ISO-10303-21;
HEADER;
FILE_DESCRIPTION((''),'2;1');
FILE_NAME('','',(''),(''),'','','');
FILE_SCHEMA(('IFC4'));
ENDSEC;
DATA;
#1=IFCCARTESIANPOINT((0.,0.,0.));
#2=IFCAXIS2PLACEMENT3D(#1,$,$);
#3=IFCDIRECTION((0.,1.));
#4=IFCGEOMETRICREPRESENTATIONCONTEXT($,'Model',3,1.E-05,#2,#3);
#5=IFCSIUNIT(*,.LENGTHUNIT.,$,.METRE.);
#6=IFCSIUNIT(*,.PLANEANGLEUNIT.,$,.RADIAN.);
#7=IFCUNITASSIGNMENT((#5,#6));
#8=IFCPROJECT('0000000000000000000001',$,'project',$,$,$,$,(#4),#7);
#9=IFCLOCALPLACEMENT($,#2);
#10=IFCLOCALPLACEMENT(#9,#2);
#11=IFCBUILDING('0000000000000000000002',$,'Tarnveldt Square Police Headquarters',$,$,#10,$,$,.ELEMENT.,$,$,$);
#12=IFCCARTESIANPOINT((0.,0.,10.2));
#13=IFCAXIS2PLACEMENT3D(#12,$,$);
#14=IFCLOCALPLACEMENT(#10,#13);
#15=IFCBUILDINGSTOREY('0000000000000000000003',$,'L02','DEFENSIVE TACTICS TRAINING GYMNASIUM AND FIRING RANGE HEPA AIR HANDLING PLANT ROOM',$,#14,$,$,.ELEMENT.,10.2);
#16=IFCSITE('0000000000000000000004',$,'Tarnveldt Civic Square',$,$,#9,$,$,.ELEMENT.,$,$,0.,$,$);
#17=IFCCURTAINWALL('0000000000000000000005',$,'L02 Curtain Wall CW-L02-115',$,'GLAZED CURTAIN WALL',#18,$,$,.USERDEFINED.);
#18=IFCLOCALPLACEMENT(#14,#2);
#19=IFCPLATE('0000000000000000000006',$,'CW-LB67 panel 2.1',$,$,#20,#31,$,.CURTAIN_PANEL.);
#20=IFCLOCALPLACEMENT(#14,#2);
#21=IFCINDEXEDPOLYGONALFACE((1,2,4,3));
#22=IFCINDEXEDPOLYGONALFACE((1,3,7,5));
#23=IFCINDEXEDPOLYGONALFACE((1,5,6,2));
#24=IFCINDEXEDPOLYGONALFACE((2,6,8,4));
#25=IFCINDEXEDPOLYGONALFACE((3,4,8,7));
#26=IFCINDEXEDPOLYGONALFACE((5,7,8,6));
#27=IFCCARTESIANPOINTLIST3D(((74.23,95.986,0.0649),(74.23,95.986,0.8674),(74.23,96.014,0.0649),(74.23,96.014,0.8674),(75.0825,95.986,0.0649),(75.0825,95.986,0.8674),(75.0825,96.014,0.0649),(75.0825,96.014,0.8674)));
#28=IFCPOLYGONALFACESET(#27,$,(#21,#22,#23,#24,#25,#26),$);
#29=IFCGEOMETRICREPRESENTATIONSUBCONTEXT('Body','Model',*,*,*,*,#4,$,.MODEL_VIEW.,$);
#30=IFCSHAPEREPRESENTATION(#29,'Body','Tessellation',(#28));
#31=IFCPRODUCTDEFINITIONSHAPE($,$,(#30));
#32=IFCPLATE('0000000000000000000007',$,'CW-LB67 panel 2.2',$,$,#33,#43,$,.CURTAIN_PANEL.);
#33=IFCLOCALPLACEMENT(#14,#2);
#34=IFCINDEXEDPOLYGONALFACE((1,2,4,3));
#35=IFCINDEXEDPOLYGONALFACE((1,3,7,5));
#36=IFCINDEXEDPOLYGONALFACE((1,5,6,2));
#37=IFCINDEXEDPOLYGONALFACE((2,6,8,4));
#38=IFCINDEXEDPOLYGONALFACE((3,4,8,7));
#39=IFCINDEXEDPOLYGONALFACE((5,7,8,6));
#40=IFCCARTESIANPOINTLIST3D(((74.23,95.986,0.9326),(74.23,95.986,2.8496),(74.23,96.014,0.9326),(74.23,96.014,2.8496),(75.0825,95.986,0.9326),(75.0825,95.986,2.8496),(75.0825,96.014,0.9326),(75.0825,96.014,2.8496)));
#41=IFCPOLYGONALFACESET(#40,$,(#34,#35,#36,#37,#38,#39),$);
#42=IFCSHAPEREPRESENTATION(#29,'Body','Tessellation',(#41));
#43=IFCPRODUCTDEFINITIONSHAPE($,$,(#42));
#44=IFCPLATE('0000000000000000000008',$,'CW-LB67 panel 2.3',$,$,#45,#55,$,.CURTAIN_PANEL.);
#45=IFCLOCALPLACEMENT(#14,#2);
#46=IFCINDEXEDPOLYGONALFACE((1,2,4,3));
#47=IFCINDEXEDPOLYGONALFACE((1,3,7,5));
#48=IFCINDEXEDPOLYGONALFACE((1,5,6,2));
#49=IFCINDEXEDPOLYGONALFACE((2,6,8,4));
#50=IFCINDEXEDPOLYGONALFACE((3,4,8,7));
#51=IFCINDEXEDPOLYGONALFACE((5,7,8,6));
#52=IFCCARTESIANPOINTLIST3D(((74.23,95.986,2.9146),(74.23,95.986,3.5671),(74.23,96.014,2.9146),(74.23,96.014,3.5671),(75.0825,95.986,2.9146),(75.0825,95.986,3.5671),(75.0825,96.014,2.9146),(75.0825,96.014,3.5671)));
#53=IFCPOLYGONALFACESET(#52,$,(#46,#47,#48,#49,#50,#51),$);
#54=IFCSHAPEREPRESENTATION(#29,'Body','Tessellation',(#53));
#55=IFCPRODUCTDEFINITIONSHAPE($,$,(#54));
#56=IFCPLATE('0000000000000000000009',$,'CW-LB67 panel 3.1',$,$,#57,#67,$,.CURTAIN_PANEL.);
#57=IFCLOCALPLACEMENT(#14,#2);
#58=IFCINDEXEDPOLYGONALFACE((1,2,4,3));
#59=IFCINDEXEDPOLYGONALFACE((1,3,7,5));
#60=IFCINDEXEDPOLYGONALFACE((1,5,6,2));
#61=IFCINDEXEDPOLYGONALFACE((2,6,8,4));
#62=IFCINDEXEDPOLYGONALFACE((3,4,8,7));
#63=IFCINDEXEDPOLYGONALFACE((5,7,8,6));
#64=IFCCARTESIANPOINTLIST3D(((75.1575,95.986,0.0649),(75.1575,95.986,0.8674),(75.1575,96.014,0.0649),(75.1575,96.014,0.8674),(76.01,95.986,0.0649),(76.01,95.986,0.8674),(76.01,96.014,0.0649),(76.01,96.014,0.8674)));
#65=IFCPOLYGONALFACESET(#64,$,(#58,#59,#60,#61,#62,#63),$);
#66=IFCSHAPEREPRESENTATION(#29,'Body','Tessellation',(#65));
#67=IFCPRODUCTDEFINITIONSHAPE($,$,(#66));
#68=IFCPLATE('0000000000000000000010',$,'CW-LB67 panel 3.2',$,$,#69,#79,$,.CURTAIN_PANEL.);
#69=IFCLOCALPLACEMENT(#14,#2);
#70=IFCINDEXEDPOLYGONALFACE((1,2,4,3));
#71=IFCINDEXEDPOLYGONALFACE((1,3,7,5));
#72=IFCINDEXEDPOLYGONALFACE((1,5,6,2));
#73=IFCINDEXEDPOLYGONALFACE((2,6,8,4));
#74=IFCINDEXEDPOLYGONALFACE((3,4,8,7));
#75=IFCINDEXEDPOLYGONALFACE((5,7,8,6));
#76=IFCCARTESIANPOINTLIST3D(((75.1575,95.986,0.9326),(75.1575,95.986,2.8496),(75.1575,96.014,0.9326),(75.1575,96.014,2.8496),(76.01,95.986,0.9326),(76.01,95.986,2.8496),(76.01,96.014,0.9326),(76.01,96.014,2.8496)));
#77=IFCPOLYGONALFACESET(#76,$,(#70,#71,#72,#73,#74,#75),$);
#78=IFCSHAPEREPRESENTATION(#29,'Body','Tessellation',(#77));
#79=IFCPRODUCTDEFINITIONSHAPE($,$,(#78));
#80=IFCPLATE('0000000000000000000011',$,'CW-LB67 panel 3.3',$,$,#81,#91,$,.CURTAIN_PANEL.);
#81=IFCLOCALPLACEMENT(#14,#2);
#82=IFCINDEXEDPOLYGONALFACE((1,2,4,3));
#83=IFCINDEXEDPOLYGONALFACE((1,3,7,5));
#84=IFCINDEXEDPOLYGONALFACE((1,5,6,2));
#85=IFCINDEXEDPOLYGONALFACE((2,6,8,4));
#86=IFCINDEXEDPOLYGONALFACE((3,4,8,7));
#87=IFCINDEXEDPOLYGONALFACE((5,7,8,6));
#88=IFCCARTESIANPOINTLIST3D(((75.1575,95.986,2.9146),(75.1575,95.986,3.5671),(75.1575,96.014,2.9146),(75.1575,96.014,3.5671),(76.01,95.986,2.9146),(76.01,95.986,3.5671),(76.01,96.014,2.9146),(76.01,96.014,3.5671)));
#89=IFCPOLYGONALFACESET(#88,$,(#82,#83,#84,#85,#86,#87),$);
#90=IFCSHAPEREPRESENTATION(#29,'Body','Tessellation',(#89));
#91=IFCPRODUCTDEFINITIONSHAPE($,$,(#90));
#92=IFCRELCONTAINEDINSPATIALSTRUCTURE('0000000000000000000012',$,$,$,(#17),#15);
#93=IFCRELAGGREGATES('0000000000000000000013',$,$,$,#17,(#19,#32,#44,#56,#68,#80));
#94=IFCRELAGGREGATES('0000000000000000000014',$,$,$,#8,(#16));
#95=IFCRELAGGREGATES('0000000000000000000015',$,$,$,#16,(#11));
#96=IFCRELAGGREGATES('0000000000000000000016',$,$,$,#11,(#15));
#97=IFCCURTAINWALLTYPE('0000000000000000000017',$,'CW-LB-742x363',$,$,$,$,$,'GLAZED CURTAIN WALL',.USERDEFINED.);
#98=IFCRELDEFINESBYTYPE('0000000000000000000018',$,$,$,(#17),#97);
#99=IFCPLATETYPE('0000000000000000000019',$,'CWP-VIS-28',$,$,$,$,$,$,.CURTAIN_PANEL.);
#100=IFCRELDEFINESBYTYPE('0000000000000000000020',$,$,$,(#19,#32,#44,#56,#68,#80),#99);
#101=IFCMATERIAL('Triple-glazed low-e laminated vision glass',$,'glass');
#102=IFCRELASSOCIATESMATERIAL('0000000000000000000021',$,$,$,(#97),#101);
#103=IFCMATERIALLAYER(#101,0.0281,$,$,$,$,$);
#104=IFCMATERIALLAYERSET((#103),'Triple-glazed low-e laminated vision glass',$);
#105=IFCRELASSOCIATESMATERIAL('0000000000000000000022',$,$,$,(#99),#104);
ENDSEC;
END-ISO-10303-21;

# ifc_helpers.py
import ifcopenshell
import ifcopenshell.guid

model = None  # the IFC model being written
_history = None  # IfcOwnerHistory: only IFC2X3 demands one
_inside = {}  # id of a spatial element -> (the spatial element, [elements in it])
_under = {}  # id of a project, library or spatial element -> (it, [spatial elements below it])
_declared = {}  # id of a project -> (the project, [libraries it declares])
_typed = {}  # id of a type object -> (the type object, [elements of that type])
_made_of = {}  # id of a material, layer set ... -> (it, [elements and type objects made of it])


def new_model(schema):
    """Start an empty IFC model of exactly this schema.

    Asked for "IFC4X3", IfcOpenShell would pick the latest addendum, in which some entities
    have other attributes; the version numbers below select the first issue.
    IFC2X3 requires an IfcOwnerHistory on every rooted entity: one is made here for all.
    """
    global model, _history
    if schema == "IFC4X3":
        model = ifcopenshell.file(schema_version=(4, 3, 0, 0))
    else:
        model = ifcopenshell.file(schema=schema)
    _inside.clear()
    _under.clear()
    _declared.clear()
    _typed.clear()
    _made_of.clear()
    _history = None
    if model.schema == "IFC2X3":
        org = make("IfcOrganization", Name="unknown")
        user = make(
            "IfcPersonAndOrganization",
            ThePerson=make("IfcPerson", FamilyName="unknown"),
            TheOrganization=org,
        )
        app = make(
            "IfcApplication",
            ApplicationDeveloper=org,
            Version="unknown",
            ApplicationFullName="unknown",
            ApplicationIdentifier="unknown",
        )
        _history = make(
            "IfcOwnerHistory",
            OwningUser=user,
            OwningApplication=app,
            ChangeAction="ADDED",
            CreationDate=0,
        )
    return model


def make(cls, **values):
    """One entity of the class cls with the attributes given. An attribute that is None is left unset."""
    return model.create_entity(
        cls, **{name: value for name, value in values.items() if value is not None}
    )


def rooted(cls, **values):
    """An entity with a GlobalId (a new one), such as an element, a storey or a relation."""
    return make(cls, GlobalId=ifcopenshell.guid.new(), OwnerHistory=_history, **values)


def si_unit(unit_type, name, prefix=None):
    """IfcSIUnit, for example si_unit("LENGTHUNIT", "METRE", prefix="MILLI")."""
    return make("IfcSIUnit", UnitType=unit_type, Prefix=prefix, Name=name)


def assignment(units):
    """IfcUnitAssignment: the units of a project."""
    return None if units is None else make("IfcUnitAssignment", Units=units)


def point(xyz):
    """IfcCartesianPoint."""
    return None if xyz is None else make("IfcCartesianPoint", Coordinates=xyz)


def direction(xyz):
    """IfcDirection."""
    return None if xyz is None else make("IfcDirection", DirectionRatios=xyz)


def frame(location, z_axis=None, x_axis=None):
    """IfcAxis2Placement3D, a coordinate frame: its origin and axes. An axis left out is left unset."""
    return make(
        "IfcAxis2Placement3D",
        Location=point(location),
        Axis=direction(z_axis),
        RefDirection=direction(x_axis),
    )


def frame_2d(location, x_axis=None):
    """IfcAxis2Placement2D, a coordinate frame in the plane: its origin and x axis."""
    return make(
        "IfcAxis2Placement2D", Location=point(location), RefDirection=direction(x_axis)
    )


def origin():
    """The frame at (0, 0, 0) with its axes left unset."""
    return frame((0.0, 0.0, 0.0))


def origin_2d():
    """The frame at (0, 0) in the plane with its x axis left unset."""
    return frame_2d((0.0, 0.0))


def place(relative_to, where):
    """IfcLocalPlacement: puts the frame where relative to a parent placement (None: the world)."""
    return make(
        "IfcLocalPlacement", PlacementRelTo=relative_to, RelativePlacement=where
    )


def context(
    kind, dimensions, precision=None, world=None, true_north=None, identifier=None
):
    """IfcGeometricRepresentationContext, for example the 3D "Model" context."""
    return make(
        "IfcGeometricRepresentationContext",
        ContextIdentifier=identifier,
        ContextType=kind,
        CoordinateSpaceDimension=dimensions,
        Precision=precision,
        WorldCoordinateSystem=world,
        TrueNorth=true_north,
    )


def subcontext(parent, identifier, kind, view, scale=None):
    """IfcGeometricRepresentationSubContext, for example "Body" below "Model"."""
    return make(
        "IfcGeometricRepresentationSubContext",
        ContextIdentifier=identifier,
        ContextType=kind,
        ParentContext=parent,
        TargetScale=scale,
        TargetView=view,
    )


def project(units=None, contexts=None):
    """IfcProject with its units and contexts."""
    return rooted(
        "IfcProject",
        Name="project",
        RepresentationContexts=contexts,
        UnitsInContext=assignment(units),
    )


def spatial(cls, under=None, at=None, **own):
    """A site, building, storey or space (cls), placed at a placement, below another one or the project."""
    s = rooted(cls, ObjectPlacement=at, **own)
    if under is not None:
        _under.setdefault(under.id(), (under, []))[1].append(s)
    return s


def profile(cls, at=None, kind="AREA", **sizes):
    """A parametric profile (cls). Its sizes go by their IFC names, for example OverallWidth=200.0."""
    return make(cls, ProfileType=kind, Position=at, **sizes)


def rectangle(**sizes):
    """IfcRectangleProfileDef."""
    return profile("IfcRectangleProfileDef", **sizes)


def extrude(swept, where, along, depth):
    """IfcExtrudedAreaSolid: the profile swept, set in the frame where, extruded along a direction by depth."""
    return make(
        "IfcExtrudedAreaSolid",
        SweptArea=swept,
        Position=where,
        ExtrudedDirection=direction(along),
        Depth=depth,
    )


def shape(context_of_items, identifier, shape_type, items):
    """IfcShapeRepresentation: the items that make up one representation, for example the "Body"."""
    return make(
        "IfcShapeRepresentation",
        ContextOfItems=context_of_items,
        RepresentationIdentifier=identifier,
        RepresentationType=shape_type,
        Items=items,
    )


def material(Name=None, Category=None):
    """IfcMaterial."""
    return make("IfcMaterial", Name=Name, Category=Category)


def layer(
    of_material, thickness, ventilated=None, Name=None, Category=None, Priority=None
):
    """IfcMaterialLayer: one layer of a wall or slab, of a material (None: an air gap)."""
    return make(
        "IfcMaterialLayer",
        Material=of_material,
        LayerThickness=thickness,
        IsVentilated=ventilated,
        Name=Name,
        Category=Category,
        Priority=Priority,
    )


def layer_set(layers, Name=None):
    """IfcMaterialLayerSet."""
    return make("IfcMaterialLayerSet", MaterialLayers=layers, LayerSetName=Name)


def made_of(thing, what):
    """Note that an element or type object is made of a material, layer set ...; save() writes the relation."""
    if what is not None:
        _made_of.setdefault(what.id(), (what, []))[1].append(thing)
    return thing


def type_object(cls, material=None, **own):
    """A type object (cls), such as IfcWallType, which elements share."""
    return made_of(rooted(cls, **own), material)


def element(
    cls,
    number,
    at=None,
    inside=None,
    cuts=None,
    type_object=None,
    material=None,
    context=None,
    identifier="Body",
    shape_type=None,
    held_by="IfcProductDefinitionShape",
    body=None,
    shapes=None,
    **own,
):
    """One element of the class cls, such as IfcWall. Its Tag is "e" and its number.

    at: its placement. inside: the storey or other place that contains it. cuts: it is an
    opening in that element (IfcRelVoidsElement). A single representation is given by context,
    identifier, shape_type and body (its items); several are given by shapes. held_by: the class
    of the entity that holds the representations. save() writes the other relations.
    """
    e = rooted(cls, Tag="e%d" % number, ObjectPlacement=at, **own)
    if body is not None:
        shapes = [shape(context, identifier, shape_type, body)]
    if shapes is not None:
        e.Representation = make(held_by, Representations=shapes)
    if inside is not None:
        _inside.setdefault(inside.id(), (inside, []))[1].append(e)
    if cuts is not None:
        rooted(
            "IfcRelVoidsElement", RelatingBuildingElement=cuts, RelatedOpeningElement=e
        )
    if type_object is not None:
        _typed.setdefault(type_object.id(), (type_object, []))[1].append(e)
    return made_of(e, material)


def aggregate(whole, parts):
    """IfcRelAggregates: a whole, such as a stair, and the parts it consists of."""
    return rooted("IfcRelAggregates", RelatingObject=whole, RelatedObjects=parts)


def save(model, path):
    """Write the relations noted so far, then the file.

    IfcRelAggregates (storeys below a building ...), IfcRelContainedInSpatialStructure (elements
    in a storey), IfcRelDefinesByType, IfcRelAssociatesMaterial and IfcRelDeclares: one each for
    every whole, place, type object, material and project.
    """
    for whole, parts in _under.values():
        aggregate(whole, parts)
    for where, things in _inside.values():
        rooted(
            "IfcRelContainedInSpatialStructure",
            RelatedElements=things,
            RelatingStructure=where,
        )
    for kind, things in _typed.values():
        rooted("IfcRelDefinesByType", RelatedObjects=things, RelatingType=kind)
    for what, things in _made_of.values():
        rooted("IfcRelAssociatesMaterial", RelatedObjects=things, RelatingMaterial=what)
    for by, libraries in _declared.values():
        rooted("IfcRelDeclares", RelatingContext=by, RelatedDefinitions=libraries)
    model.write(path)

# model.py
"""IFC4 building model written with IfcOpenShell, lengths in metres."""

from ifc_helpers import new_model, si_unit, direction, frame, origin, origin_2d, place, context, subcontext, project, spatial, rectangle, extrude, material, layer, layer_set, type_object, element, aggregate, save


model = new_model("IFC4")

# Units and contexts
model_context = context("Model", 3, precision=1e-05, world=origin(), true_north=direction((0.0, 1.0)))
body_context = subcontext(model_context, "Body", "Model", "MODEL_VIEW")
ifc_project = project(units=[si_unit("LENGTHUNIT", "METRE"), si_unit("PLANEANGLEUNIT", "RADIAN")], contexts=[model_context])

# Site, building, storey
site_placement = place(None, origin())
site = spatial("IfcSite", under=ifc_project, at=site_placement, Name="Tarnveldt Civic Square", CompositionType="ELEMENT", RefElevation=0.0)
building_placement = place(site_placement, origin())
building = spatial("IfcBuilding", under=site, at=building_placement, Name="Tarnveldt Square Police Headquarters", CompositionType="ELEMENT")
storey_placement = place(building_placement, frame((0.0, 0.0, 10.2)))
storey = spatial("IfcBuildingStorey", under=building, at=storey_placement, Name="L02", Description="DEFENSIVE TACTICS TRAINING GYMNASIUM AND FIRING RANGE HEPA AIR HANDLING PLANT ROOM", CompositionType="ELEMENT", Elevation=10.2)

# Curtain wall, plates
ifc_material_1 = material(Name="Triple-glazed low-e laminated vision glass", Category="glass")
curtain_wall_type = type_object("IfcCurtainWallType", Name="CW-LB-742x363", ElementType="GLAZED CURTAIN WALL", PredefinedType="USERDEFINED", material=ifc_material_1)
curtain_wall_placement = place(storey_placement, origin())
curtain_wall = element("IfcCurtainWall", 1, at=curtain_wall_placement, inside=storey, type_object=curtain_wall_type, Name="L02 Curtain Wall CW-L02-115", ObjectType="GLAZED CURTAIN WALL", PredefinedType="USERDEFINED")
ifc_layer = layer(ifc_material_1, 0.0281)
ifc_layer_set = layer_set([ifc_layer], Name="Triple-glazed low-e laminated vision glass")
plate_type = type_object("IfcPlateType", Name="CWP-VIS-28", PredefinedType="CURTAIN_PANEL", material=ifc_layer_set)
plate_1_placement = place(storey_placement, frame((74.6562, 96.0, 0.0649), z_axis=(0.0, 0.0, 1.0), x_axis=(1.0, 0.0, 0.0)))
plate_1 = element("IfcPlate", 2, at=plate_1_placement, type_object=plate_type, Name="CW-LB67 panel 2.1", PredefinedType="CURTAIN_PANEL", context=body_context, shape_type="SweptSolid", body=[
    extrude(rectangle(XDim=0.8525, YDim=0.0281, at=origin_2d()), origin(), (0.0, 0.0, 1.0), 0.8025),
])
plate_2_placement = place(storey_placement, frame((74.6562, 96.0, 0.9326), z_axis=(0.0, 0.0, 1.0), x_axis=(1.0, 0.0, 0.0)))
plate_2 = element("IfcPlate", 3, at=plate_2_placement, type_object=plate_type, Name="CW-LB67 panel 2.2", PredefinedType="CURTAIN_PANEL", context=body_context, shape_type="SweptSolid", body=[
    extrude(rectangle(XDim=0.8525, YDim=0.0281, at=origin_2d()), origin(), (0.0, 0.0, 1.0), 1.917),
])
plate_3_placement = place(storey_placement, frame((74.6562, 96.0, 2.9146), z_axis=(0.0, 0.0, 1.0), x_axis=(1.0, 0.0, 0.0)))
plate_3 = element("IfcPlate", 4, at=plate_3_placement, type_object=plate_type, Name="CW-LB67 panel 2.3", PredefinedType="CURTAIN_PANEL", context=body_context, shape_type="SweptSolid", body=[
    extrude(rectangle(XDim=0.8525, YDim=0.0281, at=origin_2d()), origin(), (0.0, 0.0, 1.0), 0.6526),
])
plate_4_placement = place(storey_placement, frame((75.5837, 96.0, 0.0649), z_axis=(0.0, 0.0, 1.0), x_axis=(1.0, 0.0, 0.0)))
plate_4 = element("IfcPlate", 5, at=plate_4_placement, type_object=plate_type, Name="CW-LB67 panel 3.1", PredefinedType="CURTAIN_PANEL", context=body_context, shape_type="SweptSolid", body=[
    extrude(rectangle(XDim=0.8525, YDim=0.0281, at=origin_2d()), origin(), (0.0, 0.0, 1.0), 0.8025),
])
plate_5_placement = place(storey_placement, frame((75.5837, 96.0, 0.9326), z_axis=(0.0, 0.0, 1.0), x_axis=(1.0, 0.0, 0.0)))
plate_5 = element("IfcPlate", 6, at=plate_5_placement, type_object=plate_type, Name="CW-LB67 panel 3.2", PredefinedType="CURTAIN_PANEL", context=body_context, shape_type="SweptSolid", body=[
    extrude(rectangle(XDim=0.8525, YDim=0.0281, at=origin_2d()), origin(), (0.0, 0.0, 1.0), 1.917),
])
plate_6_placement = place(storey_placement, frame((75.5837, 96.0, 2.9146), z_axis=(0.0, 0.0, 1.0), x_axis=(1.0, 0.0, 0.0)))
plate_6 = element("IfcPlate", 7, at=plate_6_placement, type_object=plate_type, Name="CW-LB67 panel 3.3", PredefinedType="CURTAIN_PANEL", context=body_context, shape_type="SweptSolid", body=[
    extrude(rectangle(XDim=0.8525, YDim=0.0281, at=origin_2d()), origin(), (0.0, 0.0, 1.0), 0.6526),
])
aggregate(curtain_wall, [plate_1, plate_2, plate_3, plate_4, plate_5, plate_6])

save(model, "model.ifc")
